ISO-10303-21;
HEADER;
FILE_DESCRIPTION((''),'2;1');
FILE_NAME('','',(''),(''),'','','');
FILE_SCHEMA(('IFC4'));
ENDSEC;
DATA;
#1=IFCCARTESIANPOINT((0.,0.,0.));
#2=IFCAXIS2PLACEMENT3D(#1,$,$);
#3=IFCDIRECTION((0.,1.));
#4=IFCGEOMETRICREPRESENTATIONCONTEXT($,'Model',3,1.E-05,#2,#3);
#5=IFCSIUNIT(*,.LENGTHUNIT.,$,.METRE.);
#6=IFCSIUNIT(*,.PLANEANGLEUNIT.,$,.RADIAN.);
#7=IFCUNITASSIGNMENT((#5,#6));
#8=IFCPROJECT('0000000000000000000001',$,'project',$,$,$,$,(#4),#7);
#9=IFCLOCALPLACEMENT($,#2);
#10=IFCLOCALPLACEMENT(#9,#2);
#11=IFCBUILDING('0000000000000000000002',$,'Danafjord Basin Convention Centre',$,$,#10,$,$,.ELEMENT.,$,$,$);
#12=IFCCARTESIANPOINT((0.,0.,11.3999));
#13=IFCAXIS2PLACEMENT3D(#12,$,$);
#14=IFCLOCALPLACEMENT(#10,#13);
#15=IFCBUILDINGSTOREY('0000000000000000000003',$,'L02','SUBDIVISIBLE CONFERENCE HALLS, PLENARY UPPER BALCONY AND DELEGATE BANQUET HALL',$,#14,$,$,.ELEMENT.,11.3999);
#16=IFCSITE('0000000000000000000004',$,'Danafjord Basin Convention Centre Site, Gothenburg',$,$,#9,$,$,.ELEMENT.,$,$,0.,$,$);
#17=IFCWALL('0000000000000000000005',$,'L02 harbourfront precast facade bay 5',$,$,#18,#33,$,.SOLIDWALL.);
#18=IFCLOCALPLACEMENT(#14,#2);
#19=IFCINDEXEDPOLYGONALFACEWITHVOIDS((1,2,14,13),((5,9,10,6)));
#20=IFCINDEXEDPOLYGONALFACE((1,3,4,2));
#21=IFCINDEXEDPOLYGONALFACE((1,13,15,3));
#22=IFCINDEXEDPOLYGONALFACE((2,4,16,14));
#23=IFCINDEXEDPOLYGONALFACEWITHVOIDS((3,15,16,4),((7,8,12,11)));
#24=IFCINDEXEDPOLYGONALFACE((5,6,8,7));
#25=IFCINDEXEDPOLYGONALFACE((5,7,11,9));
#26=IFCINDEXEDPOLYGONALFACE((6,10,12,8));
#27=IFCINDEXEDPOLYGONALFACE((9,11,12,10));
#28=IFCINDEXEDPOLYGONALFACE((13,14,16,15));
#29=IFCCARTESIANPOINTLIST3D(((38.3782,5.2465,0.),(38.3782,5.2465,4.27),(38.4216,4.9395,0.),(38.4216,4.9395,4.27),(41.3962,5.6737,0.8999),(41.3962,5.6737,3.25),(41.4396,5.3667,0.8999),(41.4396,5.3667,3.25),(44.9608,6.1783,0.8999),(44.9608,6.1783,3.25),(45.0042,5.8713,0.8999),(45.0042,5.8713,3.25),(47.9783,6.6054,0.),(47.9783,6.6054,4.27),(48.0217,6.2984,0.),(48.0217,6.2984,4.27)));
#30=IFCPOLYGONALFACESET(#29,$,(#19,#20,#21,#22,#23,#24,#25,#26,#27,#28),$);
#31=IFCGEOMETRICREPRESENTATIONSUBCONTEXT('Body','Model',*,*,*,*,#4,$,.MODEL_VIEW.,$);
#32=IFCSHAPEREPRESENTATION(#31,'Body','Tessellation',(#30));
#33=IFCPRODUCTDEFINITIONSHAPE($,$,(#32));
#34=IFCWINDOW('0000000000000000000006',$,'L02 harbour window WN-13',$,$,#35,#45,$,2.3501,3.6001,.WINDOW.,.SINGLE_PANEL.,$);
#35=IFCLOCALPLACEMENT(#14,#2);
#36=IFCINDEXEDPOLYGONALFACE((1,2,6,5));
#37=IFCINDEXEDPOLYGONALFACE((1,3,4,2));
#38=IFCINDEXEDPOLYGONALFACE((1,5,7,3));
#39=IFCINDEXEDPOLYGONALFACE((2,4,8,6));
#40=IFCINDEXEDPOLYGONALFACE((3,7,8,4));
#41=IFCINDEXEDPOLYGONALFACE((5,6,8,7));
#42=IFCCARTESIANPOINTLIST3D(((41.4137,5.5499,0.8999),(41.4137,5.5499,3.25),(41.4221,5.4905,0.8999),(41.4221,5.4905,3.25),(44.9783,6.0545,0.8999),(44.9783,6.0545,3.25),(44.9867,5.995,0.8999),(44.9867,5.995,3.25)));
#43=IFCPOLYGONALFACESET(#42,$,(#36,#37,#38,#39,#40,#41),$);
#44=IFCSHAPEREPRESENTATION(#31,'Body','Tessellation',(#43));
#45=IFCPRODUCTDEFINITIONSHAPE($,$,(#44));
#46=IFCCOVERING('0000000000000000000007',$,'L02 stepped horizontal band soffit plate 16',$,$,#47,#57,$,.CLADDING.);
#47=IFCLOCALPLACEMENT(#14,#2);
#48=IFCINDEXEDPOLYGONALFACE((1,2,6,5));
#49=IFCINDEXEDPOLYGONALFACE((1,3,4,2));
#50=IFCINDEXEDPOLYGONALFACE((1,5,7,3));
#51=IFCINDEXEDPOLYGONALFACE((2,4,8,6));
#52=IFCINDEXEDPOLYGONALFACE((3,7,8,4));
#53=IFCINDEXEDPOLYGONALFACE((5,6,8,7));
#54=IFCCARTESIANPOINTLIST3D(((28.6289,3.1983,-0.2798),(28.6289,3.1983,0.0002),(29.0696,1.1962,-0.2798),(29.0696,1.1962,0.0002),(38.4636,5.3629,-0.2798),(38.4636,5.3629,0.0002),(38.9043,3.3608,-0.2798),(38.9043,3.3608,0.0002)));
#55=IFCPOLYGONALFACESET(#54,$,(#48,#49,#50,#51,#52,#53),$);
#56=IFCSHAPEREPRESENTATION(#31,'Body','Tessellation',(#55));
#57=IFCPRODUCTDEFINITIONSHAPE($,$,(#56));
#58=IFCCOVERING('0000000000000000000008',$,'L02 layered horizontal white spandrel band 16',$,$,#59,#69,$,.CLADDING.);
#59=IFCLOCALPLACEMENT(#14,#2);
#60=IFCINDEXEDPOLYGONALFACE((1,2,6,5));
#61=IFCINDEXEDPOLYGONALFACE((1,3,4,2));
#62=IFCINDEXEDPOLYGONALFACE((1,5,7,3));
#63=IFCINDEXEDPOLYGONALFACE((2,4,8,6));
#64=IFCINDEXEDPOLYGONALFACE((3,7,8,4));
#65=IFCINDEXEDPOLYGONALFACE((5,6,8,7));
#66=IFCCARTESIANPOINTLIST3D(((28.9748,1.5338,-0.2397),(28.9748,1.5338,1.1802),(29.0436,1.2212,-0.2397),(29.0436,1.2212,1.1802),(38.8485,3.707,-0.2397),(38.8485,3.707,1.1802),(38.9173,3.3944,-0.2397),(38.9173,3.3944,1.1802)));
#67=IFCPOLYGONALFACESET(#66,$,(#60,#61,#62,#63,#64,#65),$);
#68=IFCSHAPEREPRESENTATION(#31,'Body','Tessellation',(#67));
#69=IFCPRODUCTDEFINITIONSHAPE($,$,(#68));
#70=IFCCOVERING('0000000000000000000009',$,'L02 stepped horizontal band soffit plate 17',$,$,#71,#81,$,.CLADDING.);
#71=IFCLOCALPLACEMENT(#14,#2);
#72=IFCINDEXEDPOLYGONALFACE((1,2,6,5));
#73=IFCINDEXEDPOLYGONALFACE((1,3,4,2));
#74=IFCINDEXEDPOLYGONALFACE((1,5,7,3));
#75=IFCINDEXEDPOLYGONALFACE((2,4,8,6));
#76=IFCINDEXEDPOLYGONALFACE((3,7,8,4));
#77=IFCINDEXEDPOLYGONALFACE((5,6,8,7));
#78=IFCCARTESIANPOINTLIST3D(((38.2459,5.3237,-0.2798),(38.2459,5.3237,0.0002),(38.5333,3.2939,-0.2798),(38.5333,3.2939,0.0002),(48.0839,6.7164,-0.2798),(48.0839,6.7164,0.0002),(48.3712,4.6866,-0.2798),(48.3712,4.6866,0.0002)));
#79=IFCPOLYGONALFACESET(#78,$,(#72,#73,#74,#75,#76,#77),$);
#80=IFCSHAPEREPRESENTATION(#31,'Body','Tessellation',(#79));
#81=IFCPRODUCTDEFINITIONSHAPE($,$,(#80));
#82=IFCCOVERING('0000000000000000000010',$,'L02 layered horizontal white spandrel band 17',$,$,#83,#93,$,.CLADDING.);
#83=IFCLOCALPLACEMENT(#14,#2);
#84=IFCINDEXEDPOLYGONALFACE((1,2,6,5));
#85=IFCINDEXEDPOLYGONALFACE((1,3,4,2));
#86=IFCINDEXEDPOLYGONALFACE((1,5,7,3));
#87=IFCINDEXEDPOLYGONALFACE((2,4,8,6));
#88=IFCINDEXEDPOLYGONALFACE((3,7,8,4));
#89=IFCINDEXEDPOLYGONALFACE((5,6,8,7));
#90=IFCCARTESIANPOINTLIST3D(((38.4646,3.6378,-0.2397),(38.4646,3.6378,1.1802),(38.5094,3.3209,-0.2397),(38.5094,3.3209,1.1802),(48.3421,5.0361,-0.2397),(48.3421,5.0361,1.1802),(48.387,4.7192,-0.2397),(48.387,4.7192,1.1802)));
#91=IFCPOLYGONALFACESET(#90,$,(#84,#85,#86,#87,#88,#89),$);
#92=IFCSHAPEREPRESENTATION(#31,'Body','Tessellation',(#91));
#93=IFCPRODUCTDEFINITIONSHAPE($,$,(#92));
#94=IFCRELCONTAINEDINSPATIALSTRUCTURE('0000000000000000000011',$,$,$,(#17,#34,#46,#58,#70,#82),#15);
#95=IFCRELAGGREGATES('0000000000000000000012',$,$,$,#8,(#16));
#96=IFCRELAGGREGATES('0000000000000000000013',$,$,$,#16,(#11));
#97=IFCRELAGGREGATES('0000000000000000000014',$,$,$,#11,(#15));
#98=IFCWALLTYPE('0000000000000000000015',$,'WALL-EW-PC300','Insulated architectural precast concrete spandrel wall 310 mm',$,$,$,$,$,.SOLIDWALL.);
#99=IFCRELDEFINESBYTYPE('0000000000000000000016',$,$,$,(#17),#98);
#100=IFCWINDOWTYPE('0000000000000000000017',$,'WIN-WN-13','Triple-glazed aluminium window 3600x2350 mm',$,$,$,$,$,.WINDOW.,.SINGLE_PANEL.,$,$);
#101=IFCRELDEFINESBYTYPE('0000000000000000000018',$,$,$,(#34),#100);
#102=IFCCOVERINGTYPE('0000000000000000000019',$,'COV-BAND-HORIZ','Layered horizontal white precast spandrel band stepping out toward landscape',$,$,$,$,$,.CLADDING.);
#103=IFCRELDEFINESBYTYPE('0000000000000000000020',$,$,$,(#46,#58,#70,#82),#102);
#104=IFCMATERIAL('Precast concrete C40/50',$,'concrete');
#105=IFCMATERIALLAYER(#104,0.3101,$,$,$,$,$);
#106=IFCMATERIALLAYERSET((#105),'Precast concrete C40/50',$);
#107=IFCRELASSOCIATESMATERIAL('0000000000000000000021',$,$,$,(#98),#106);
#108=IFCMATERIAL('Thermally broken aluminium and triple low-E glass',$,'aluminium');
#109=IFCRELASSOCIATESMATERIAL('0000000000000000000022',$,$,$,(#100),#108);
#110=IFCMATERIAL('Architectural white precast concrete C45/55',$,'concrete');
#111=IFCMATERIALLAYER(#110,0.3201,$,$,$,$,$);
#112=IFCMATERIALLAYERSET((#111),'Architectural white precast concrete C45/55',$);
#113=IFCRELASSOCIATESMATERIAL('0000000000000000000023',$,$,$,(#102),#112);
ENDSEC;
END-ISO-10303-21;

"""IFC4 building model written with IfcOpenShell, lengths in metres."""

from ifc_helpers import new_model, si_unit, direction, frame, frame_2d, origin, origin_2d, place, context, subcontext, project, spatial, rectangle, extrude, material, layer, layer_set, type_object, element, fill, save


model = new_model("IFC4")

# Units and contexts
model_context = context("Model", 3, precision=1e-05, world=origin(), true_north=direction((0.0, 1.0)))
body_context = subcontext(model_context, "Body", "Model", "MODEL_VIEW")
ifc_project = project(units=[si_unit("LENGTHUNIT", "METRE"), si_unit("PLANEANGLEUNIT", "RADIAN")], contexts=[model_context])

# Site, building, storey
site_placement = place(None, origin())
site = spatial("IfcSite", under=ifc_project, at=site_placement, Name="Danafjord Basin Convention Centre Site, Gothenburg", CompositionType="ELEMENT", RefElevation=0.0)
building_placement = place(site_placement, origin())
building = spatial("IfcBuilding", under=site, at=building_placement, Name="Danafjord Basin Convention Centre", CompositionType="ELEMENT")
storey_placement = place(building_placement, frame((0.0, 0.0, 11.3999)))
storey = spatial("IfcBuildingStorey", under=building, at=storey_placement, Name="L02", Description="SUBDIVISIBLE CONFERENCE HALLS, PLENARY UPPER BALCONY AND DELEGATE BANQUET HALL", CompositionType="ELEMENT", Elevation=11.3999)

# Wall, opening, window
ifc_material_1 = material(Name="Precast concrete C40/50", Category="concrete")
ifc_layer_1 = layer(ifc_material_1, 0.3101)
ifc_layer_set_1 = layer_set([ifc_layer_1], Name="Precast concrete C40/50")
wall_type = type_object("IfcWallType", Name="WALL-EW-PC300", Description="Insulated architectural precast concrete spandrel wall 310 mm", PredefinedType="SOLIDWALL", material=ifc_layer_set_1)
wall_placement = place(storey_placement, frame((38.3999, 5.093, 0.0), z_axis=(0.0, 0.0, 1.0), x_axis=(0.99013, 0.140152, 0.0)))
wall = element("IfcWall", 1, at=wall_placement, inside=storey, type_object=wall_type, Name="L02 harbourfront precast facade bay 5", PredefinedType="SOLIDWALL", context=body_context, shape_type="SweptSolid", body=[
    extrude(rectangle(XDim=9.6958, YDim=0.3101, at=frame_2d((4.8479, 0.0))), origin(), (0.0, 0.0, 1.0), 4.27),
])
opening_placement = place(wall_placement, frame((3.0481, 0.0, 0.8999)))
opening = element("IfcOpeningElement", 2, at=opening_placement, cuts=wall, PredefinedType="OPENING", context=body_context, shape_type="SweptSolid", body=[
    extrude(rectangle(XDim=3.6001, YDim=2.3501, at=frame_2d((1.8, 1.175))), frame((0.0, 0.165, 0.0), z_axis=(0.0, -1.0, 0.0), x_axis=(1.0, 0.0, 0.0)), (0.0, 0.0, 1.0), 0.3301),
])
ifc_material_2 = material(Name="Thermally broken aluminium and triple low-E glass", Category="aluminium")
window_type = type_object("IfcWindowType", Name="WIN-WN-13", Description="Triple-glazed aluminium window 3600x2350 mm", PartitioningType="SINGLE_PANEL", PredefinedType="WINDOW", material=ifc_material_2)
window_placement = place(opening_placement, origin())
window = element("IfcWindow", 3, at=window_placement, inside=storey, type_object=window_type, Name="L02 harbour window WN-13", OverallHeight=2.3501, OverallWidth=3.6001, PartitioningType="SINGLE_PANEL", PredefinedType="WINDOW", context=body_context, shape_type="SweptSolid", body=[
    extrude(rectangle(XDim=3.6001, YDim=2.3501, at=frame_2d((1.8, 1.175))), frame((0.0, 0.03, 0.0), z_axis=(0.0, -1.0, 0.0), x_axis=(1.0, 0.0, 0.0)), (0.0, 0.0, 1.0), 0.0601),
])
fill(opening, window)

# Coverings
ifc_material_3 = material(Name="Architectural white precast concrete C45/55", Category="concrete")
ifc_layer_2 = layer(ifc_material_3, 0.3201)
ifc_layer_set_2 = layer_set([ifc_layer_2], Name="Architectural white precast concrete C45/55")
covering_type = type_object("IfcCoveringType", Name="COV-BAND-HORIZ", Description="Layered horizontal white precast spandrel band stepping out toward landscape", PredefinedType="CLADDING", material=ifc_layer_set_2)
covering_1_placement = place(storey_placement, frame((33.7666, 3.2795, -0.2798), z_axis=(0.0, 0.0, 1.0), x_axis=(0.976623, 0.214959, 0.0)))
element("IfcCovering", 4, at=covering_1_placement, inside=storey, type_object=covering_type, Name="L02 stepped horizontal band soffit plate 16", PredefinedType="CLADDING", context=body_context, shape_type="SweptSolid", body=[
    extrude(rectangle(XDim=10.0701, YDim=2.05, at=origin_2d()), origin(), (0.0, 0.0, 1.0), 0.28),
])
covering_2_placement = place(storey_placement, frame((33.946, 2.4641, -0.2397), z_axis=(0.0, 0.0, 1.0), x_axis=(0.976623, 0.214959, 0.0)))
element("IfcCovering", 5, at=covering_2_placement, inside=storey, type_object=covering_type, Name="L02 layered horizontal white spandrel band 16", PredefinedType="CLADDING", context=body_context, shape_type="SweptSolid", body=[
    extrude(rectangle(XDim=10.1101, YDim=0.3201, at=origin_2d()), origin(), (0.0, 0.0, 1.0), 1.4199),
])
covering_3_placement = place(storey_placement, frame((43.3086, 5.0051, -0.2798), z_axis=(0.0, 0.0, 1.0), x_axis=(0.990128, 0.140165, 0.0)))
element("IfcCovering", 6, at=covering_3_placement, inside=storey, type_object=covering_type, Name="L02 stepped horizontal band soffit plate 17", PredefinedType="CLADDING", context=body_context, shape_type="SweptSolid", body=[
    extrude(rectangle(XDim=9.936, YDim=2.05, at=origin_2d()), origin(), (0.0, 0.0, 1.0), 0.28),
])
covering_4_placement = place(storey_placement, frame((43.4258, 4.1785, -0.2397), z_axis=(0.0, 0.0, 1.0), x_axis=(0.990128, 0.140165, 0.0)))
element("IfcCovering", 7, at=covering_4_placement, inside=storey, type_object=covering_type, Name="L02 layered horizontal white spandrel band 17", PredefinedType="CLADDING", context=body_context, shape_type="SweptSolid", body=[
    extrude(rectangle(XDim=9.9761, YDim=0.3201, at=origin_2d()), origin(), (0.0, 0.0, 1.0), 1.4199),
])

save(model, "model.ifc")
